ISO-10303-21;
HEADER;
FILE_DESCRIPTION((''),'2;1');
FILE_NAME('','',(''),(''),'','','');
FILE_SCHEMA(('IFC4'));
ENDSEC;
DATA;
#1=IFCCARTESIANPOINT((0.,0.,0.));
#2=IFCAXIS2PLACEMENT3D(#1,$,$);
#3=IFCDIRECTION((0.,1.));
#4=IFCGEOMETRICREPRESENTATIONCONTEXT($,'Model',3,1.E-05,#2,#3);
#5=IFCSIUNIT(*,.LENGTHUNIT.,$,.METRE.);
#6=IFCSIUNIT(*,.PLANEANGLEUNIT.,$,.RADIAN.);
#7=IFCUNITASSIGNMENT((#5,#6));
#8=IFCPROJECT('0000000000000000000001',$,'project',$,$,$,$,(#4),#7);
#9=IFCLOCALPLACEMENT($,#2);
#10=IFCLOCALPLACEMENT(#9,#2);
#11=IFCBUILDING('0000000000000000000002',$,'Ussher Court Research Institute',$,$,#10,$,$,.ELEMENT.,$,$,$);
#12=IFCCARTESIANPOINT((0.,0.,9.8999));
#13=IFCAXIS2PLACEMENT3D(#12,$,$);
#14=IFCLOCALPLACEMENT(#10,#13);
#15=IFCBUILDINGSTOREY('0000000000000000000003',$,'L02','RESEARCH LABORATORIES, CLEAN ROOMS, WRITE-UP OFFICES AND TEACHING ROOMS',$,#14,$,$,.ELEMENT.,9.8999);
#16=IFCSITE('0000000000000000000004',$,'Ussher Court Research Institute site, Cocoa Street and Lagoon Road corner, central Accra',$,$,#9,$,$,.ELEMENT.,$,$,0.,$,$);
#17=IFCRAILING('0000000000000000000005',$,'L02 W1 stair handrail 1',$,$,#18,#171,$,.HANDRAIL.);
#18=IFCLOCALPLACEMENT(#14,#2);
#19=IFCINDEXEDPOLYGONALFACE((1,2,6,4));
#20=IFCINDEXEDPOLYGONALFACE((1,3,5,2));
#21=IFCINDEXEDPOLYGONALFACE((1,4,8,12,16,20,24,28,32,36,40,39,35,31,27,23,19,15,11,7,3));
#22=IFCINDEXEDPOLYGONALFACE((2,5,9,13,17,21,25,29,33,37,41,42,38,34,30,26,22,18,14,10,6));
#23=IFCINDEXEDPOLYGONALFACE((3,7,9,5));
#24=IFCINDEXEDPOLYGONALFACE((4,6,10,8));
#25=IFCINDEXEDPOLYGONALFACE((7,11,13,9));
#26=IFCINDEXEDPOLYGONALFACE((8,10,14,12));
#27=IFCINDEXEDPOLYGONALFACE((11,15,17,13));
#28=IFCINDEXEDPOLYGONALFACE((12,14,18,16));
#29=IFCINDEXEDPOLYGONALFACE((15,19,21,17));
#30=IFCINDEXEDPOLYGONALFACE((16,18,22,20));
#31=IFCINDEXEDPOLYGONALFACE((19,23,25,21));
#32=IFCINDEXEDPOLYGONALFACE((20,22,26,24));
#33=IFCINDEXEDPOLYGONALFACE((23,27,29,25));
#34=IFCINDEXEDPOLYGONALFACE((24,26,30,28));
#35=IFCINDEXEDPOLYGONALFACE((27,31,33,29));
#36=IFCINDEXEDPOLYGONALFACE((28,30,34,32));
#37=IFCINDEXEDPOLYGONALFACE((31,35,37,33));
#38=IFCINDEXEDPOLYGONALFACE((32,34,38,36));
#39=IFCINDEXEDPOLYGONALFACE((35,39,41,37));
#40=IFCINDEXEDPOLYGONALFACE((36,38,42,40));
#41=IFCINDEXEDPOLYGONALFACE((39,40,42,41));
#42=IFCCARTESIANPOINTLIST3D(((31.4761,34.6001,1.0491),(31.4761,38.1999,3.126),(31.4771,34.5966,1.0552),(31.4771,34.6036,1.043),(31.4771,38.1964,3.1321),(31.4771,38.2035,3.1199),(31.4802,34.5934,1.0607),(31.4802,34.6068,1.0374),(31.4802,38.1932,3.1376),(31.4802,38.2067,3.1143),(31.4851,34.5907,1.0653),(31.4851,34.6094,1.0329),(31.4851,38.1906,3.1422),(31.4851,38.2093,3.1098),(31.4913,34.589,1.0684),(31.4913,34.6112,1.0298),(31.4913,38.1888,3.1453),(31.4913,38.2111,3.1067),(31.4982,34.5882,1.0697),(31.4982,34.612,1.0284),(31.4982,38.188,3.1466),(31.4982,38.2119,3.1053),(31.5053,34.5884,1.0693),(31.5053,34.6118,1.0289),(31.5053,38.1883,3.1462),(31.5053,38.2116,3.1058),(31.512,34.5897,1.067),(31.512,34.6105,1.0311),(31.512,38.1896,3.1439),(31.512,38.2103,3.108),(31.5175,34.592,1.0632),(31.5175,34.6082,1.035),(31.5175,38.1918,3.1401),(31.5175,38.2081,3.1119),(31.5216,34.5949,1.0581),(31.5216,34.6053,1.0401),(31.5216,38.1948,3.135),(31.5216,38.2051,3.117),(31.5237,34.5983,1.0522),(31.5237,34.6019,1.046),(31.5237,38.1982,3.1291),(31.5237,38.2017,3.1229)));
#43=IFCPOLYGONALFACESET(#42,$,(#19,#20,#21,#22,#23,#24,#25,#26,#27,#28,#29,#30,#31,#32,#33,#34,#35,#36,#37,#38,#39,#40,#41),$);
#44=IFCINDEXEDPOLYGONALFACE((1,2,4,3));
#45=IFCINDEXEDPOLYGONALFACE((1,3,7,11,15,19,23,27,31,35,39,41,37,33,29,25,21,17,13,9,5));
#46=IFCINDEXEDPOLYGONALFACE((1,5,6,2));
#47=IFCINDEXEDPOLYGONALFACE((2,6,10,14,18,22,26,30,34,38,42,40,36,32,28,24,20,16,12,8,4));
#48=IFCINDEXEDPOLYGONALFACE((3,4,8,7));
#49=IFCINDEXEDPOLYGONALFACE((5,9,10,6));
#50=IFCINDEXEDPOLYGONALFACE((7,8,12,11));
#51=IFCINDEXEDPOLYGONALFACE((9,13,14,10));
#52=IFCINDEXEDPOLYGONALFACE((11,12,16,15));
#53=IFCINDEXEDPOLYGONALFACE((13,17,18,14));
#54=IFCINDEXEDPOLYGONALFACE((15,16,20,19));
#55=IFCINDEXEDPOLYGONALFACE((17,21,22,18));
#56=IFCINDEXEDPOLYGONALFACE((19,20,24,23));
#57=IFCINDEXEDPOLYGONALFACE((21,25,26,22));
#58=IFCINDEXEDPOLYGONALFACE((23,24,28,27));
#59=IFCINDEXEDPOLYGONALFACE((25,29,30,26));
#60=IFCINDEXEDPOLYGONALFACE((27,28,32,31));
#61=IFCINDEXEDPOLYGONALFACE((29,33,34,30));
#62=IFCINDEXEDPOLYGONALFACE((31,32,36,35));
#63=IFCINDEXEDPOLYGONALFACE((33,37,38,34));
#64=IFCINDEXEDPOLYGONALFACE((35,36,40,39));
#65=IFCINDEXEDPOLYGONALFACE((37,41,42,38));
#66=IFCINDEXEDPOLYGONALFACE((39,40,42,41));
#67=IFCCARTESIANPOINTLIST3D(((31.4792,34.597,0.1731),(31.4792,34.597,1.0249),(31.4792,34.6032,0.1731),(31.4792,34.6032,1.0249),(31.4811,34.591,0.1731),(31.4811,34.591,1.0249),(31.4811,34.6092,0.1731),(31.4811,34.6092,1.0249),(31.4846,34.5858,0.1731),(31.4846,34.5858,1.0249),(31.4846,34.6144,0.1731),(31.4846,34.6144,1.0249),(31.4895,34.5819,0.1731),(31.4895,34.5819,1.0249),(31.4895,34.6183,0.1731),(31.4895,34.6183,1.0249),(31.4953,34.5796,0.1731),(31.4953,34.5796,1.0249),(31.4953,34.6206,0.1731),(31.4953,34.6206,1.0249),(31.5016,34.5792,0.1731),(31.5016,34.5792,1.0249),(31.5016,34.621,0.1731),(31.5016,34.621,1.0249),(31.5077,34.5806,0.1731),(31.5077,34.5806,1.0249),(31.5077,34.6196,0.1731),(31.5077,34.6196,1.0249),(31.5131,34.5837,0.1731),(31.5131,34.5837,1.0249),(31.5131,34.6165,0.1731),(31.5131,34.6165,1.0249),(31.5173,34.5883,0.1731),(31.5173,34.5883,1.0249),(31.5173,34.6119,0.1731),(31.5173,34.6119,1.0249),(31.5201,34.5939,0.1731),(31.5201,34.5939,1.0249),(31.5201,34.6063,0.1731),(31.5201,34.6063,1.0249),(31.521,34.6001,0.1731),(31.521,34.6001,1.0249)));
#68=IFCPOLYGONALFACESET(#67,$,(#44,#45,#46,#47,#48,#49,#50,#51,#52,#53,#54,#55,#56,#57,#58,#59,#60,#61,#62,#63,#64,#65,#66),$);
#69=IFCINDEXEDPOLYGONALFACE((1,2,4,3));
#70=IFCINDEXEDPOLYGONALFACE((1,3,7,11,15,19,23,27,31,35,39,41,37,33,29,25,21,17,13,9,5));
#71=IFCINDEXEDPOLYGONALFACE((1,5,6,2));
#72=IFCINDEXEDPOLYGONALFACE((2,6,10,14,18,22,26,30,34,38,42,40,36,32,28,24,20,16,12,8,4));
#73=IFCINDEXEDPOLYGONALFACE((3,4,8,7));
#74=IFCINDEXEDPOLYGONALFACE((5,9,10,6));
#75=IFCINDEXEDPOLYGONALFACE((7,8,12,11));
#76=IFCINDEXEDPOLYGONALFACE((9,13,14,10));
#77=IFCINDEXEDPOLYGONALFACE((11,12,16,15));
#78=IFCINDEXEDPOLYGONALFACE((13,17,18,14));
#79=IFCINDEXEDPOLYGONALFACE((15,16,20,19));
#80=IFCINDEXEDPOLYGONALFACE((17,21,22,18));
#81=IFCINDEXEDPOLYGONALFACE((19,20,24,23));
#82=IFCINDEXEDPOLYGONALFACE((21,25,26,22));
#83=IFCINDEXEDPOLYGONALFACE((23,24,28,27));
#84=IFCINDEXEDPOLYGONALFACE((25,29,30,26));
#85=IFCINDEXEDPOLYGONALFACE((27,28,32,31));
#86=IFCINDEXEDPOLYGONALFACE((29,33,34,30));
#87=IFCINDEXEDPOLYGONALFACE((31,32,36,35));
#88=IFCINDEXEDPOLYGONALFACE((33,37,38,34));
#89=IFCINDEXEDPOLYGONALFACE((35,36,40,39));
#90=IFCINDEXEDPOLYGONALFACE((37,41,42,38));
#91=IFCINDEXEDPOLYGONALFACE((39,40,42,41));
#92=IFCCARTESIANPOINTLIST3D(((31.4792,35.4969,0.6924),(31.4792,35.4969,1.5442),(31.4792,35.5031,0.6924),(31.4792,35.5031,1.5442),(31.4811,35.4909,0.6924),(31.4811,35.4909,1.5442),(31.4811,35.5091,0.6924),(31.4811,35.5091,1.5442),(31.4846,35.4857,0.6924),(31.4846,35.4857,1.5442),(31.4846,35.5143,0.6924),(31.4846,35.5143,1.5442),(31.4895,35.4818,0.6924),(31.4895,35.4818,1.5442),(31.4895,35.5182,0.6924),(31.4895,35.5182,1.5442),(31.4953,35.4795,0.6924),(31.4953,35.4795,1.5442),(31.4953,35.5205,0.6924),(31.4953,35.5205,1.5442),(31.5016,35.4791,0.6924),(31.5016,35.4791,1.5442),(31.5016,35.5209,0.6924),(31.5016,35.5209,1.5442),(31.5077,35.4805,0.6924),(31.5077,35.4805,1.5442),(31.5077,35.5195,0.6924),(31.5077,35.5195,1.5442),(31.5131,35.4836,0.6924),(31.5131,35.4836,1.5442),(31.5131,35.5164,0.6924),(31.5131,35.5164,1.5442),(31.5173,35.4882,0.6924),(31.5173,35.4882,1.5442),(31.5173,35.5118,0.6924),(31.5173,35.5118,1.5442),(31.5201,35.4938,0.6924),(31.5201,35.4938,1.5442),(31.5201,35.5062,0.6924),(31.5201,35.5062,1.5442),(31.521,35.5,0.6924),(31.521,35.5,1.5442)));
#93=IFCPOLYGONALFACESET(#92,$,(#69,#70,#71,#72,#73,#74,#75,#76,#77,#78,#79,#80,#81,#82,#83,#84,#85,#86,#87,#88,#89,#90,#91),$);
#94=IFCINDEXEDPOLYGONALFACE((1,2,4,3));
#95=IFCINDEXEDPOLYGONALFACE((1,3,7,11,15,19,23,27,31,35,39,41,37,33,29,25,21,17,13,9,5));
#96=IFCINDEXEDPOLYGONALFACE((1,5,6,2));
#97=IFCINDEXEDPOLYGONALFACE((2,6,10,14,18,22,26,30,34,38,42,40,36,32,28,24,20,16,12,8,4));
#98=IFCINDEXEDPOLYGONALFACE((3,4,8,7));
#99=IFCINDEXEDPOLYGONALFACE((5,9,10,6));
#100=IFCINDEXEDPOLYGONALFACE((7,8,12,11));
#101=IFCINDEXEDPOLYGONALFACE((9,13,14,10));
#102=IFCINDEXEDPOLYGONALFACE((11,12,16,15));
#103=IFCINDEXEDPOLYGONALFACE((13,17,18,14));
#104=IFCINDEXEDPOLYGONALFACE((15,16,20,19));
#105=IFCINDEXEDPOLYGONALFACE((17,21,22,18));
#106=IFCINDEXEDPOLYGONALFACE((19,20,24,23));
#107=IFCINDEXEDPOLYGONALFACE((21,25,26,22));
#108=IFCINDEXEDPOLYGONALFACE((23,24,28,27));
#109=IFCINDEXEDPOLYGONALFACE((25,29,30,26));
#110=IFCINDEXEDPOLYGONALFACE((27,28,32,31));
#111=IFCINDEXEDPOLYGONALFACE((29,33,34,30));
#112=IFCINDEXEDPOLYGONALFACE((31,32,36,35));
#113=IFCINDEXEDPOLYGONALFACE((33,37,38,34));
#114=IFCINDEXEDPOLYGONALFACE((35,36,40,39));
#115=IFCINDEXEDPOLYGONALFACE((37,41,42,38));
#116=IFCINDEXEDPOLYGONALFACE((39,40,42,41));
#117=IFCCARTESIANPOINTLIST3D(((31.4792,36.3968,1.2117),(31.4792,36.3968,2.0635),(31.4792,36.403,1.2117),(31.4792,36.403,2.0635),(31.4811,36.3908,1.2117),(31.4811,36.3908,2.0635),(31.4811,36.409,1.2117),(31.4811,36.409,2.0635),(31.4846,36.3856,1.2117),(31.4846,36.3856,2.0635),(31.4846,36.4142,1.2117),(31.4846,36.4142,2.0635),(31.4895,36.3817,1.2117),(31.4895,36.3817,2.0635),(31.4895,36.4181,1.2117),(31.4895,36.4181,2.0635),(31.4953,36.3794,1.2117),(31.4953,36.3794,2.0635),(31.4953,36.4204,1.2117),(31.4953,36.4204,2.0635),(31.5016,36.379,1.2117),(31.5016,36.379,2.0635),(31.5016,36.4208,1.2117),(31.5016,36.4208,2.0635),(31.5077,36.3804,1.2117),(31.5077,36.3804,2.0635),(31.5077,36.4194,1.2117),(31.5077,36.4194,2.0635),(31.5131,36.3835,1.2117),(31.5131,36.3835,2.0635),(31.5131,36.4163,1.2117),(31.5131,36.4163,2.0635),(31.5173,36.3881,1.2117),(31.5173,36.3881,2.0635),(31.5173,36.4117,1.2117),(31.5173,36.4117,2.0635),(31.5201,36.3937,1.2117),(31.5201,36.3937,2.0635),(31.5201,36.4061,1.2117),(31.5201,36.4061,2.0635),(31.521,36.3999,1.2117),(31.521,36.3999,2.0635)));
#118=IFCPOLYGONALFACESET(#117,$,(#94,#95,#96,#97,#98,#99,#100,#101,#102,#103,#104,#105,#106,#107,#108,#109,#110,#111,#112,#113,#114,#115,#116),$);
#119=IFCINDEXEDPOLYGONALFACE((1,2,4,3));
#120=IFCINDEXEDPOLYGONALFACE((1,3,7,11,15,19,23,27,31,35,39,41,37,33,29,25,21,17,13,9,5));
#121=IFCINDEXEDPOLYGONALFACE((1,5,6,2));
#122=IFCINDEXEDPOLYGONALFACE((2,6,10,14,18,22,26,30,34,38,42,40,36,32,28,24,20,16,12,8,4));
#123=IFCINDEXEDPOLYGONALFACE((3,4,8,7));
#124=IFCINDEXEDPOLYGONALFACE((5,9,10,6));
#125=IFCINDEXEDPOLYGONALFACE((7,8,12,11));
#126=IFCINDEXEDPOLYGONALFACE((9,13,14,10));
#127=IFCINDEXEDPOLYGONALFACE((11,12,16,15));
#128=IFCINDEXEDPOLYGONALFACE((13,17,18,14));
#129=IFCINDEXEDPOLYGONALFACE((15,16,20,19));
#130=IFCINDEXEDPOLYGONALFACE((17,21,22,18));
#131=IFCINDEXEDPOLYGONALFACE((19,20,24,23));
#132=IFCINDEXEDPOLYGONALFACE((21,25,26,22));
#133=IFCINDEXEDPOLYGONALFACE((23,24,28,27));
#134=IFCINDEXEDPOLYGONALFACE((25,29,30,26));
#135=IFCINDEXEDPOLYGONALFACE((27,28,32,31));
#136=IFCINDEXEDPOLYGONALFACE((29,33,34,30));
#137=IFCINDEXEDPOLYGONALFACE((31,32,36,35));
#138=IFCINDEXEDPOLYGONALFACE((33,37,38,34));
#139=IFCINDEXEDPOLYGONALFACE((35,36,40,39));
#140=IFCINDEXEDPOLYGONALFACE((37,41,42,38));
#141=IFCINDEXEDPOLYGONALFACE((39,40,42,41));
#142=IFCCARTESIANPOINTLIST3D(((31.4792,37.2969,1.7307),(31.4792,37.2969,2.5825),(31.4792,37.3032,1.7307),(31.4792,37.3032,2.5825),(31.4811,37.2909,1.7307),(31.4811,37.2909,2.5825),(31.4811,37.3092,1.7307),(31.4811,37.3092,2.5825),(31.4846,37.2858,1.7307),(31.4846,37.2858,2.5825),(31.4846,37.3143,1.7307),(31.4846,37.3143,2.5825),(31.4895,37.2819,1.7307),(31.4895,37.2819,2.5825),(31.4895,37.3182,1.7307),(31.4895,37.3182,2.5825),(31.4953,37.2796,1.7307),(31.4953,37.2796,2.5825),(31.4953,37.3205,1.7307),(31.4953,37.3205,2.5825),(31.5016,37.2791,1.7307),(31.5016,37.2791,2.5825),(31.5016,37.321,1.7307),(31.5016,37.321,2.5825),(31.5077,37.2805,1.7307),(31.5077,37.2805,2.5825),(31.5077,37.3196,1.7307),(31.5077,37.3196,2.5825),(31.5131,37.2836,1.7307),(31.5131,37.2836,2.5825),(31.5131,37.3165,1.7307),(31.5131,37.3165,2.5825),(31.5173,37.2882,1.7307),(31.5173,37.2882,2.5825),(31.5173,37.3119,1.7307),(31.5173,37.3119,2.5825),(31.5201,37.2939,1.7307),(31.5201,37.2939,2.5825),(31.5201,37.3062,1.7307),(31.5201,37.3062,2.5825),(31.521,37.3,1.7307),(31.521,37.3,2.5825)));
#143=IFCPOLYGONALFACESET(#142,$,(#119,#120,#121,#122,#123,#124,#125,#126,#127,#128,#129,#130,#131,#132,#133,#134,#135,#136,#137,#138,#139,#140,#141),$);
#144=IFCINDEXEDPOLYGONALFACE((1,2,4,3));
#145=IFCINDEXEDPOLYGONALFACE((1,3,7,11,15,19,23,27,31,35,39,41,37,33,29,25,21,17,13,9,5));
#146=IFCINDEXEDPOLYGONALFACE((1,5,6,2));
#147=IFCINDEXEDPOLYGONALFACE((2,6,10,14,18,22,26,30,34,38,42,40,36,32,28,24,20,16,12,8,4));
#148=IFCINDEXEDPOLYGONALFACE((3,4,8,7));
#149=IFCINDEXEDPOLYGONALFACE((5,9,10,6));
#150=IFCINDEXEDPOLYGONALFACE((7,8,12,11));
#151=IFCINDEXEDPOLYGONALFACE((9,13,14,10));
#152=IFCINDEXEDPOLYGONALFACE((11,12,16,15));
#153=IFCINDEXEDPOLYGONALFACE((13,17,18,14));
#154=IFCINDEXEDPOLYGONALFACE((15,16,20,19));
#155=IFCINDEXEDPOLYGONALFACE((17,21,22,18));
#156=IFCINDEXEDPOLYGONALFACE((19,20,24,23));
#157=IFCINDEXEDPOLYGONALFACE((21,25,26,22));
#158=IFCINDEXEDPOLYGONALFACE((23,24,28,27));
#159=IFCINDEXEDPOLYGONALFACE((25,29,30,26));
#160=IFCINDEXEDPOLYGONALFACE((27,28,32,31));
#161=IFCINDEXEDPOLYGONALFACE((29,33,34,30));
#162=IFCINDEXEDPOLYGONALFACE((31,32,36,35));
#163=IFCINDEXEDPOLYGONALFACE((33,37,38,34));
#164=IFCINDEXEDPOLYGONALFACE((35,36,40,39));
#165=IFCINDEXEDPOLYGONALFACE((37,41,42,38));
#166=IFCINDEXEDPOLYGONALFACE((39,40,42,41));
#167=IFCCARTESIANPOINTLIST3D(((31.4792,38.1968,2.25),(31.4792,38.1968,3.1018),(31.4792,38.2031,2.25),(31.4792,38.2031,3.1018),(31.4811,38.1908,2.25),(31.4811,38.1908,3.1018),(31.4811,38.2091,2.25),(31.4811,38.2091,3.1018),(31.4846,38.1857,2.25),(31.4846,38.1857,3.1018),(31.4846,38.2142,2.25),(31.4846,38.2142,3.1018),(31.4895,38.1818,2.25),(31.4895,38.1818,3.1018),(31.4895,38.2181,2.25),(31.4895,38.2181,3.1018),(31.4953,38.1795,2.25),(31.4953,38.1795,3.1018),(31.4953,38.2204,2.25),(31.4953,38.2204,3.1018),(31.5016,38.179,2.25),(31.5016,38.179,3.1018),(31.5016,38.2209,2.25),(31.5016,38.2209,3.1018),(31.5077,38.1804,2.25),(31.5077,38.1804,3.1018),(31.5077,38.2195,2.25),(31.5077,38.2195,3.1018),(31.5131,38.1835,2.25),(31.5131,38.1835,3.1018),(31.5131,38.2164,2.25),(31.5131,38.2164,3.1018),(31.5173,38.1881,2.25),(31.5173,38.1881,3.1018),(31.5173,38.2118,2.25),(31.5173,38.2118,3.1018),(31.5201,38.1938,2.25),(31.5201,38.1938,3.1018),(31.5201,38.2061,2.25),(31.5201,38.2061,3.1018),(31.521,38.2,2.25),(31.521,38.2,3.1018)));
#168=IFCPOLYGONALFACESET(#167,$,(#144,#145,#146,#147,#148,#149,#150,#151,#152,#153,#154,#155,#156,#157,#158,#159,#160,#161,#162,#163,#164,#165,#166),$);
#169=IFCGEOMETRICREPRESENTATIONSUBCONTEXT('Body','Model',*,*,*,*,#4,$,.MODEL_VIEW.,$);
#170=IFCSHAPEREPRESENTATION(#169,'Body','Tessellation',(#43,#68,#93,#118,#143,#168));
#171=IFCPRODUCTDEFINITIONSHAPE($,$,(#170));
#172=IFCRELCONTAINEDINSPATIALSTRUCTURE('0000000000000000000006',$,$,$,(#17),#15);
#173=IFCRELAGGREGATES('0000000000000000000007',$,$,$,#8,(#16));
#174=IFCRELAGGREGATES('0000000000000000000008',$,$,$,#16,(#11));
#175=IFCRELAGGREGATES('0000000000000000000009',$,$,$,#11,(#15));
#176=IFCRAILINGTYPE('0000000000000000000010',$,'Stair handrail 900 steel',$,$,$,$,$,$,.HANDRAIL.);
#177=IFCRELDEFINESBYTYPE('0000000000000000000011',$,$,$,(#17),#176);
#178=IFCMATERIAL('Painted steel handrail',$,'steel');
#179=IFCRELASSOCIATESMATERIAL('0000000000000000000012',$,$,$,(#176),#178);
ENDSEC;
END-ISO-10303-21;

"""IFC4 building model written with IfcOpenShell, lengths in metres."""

from ifc_helpers import new_model, si_unit, direction, frame, origin, origin_2d, place, context, subcontext, project, spatial, circle, extrude, material, type_object, element, save


model = new_model("IFC4")

# Units and contexts
model_context = context("Model", 3, precision=1e-05, world=origin(), true_north=direction((0.0, 1.0)))
body_context = subcontext(model_context, "Body", "Model", "MODEL_VIEW")
ifc_project = project(units=[si_unit("LENGTHUNIT", "METRE"), si_unit("PLANEANGLEUNIT", "RADIAN")], contexts=[model_context])

# Site, building, storey
site_placement = place(None, origin())
site = spatial("IfcSite", under=ifc_project, at=site_placement, Name="Ussher Court Research Institute site, Cocoa Street and Lagoon Road corner, central Accra", CompositionType="ELEMENT", RefElevation=0.0)
building_placement = place(site_placement, origin())
building = spatial("IfcBuilding", under=site, at=building_placement, Name="Ussher Court Research Institute", CompositionType="ELEMENT")
storey_placement = place(building_placement, frame((0.0, 0.0, 9.8999)))
storey = spatial("IfcBuildingStorey", under=building, at=storey_placement, Name="L02", Description="RESEARCH LABORATORIES, CLEAN ROOMS, WRITE-UP OFFICES AND TEACHING ROOMS", CompositionType="ELEMENT", Elevation=9.8999)

# Railing
ifc_material_1 = material(Name="Painted steel handrail", Category="steel")
railing_type_1 = type_object("IfcRailingType", Name="Stair handrail 900 steel", PredefinedType="HANDRAIL", material=ifc_material_1)
railing_1_placement = place(storey_placement, frame((31.5, 34.6001, 0.1731)))
element("IfcRailing", 1, at=railing_1_placement, inside=storey, type_object=railing_type_1, Name="L02 W1 stair handrail 1", PredefinedType="HANDRAIL", context=body_context, shape_type="SweptSolid", body=[
    extrude(circle(Radius=0.0239, at=origin_2d()), frame((0.0, 0.0, 0.876), z_axis=(0.0, 0.866179, 0.499734), x_axis=(-1.0, 0.0, 0.0)), (0.0, 0.0, 1.0), 4.156),
    extrude(circle(Radius=0.021, at=origin_2d()), origin(), (0.0, 0.0, 1.0), 0.8518),
    extrude(circle(Radius=0.021, at=origin_2d()), frame((0.0, 0.8999, 0.5193)), (0.0, 0.0, 1.0), 0.8518),
    extrude(circle(Radius=0.021, at=origin_2d()), frame((0.0, 1.7998, 1.0386)), (0.0, 0.0, 1.0), 0.8518),
    extrude(circle(Radius=0.021, at=origin_2d()), frame((0.0, 2.7, 1.5576)), (0.0, 0.0, 1.0), 0.8518),
    extrude(circle(Radius=0.021, at=origin_2d()), frame((0.0, 3.5999, 2.0769)), (0.0, 0.0, 1.0), 0.8518),
])

save(model, "model.ifc")
